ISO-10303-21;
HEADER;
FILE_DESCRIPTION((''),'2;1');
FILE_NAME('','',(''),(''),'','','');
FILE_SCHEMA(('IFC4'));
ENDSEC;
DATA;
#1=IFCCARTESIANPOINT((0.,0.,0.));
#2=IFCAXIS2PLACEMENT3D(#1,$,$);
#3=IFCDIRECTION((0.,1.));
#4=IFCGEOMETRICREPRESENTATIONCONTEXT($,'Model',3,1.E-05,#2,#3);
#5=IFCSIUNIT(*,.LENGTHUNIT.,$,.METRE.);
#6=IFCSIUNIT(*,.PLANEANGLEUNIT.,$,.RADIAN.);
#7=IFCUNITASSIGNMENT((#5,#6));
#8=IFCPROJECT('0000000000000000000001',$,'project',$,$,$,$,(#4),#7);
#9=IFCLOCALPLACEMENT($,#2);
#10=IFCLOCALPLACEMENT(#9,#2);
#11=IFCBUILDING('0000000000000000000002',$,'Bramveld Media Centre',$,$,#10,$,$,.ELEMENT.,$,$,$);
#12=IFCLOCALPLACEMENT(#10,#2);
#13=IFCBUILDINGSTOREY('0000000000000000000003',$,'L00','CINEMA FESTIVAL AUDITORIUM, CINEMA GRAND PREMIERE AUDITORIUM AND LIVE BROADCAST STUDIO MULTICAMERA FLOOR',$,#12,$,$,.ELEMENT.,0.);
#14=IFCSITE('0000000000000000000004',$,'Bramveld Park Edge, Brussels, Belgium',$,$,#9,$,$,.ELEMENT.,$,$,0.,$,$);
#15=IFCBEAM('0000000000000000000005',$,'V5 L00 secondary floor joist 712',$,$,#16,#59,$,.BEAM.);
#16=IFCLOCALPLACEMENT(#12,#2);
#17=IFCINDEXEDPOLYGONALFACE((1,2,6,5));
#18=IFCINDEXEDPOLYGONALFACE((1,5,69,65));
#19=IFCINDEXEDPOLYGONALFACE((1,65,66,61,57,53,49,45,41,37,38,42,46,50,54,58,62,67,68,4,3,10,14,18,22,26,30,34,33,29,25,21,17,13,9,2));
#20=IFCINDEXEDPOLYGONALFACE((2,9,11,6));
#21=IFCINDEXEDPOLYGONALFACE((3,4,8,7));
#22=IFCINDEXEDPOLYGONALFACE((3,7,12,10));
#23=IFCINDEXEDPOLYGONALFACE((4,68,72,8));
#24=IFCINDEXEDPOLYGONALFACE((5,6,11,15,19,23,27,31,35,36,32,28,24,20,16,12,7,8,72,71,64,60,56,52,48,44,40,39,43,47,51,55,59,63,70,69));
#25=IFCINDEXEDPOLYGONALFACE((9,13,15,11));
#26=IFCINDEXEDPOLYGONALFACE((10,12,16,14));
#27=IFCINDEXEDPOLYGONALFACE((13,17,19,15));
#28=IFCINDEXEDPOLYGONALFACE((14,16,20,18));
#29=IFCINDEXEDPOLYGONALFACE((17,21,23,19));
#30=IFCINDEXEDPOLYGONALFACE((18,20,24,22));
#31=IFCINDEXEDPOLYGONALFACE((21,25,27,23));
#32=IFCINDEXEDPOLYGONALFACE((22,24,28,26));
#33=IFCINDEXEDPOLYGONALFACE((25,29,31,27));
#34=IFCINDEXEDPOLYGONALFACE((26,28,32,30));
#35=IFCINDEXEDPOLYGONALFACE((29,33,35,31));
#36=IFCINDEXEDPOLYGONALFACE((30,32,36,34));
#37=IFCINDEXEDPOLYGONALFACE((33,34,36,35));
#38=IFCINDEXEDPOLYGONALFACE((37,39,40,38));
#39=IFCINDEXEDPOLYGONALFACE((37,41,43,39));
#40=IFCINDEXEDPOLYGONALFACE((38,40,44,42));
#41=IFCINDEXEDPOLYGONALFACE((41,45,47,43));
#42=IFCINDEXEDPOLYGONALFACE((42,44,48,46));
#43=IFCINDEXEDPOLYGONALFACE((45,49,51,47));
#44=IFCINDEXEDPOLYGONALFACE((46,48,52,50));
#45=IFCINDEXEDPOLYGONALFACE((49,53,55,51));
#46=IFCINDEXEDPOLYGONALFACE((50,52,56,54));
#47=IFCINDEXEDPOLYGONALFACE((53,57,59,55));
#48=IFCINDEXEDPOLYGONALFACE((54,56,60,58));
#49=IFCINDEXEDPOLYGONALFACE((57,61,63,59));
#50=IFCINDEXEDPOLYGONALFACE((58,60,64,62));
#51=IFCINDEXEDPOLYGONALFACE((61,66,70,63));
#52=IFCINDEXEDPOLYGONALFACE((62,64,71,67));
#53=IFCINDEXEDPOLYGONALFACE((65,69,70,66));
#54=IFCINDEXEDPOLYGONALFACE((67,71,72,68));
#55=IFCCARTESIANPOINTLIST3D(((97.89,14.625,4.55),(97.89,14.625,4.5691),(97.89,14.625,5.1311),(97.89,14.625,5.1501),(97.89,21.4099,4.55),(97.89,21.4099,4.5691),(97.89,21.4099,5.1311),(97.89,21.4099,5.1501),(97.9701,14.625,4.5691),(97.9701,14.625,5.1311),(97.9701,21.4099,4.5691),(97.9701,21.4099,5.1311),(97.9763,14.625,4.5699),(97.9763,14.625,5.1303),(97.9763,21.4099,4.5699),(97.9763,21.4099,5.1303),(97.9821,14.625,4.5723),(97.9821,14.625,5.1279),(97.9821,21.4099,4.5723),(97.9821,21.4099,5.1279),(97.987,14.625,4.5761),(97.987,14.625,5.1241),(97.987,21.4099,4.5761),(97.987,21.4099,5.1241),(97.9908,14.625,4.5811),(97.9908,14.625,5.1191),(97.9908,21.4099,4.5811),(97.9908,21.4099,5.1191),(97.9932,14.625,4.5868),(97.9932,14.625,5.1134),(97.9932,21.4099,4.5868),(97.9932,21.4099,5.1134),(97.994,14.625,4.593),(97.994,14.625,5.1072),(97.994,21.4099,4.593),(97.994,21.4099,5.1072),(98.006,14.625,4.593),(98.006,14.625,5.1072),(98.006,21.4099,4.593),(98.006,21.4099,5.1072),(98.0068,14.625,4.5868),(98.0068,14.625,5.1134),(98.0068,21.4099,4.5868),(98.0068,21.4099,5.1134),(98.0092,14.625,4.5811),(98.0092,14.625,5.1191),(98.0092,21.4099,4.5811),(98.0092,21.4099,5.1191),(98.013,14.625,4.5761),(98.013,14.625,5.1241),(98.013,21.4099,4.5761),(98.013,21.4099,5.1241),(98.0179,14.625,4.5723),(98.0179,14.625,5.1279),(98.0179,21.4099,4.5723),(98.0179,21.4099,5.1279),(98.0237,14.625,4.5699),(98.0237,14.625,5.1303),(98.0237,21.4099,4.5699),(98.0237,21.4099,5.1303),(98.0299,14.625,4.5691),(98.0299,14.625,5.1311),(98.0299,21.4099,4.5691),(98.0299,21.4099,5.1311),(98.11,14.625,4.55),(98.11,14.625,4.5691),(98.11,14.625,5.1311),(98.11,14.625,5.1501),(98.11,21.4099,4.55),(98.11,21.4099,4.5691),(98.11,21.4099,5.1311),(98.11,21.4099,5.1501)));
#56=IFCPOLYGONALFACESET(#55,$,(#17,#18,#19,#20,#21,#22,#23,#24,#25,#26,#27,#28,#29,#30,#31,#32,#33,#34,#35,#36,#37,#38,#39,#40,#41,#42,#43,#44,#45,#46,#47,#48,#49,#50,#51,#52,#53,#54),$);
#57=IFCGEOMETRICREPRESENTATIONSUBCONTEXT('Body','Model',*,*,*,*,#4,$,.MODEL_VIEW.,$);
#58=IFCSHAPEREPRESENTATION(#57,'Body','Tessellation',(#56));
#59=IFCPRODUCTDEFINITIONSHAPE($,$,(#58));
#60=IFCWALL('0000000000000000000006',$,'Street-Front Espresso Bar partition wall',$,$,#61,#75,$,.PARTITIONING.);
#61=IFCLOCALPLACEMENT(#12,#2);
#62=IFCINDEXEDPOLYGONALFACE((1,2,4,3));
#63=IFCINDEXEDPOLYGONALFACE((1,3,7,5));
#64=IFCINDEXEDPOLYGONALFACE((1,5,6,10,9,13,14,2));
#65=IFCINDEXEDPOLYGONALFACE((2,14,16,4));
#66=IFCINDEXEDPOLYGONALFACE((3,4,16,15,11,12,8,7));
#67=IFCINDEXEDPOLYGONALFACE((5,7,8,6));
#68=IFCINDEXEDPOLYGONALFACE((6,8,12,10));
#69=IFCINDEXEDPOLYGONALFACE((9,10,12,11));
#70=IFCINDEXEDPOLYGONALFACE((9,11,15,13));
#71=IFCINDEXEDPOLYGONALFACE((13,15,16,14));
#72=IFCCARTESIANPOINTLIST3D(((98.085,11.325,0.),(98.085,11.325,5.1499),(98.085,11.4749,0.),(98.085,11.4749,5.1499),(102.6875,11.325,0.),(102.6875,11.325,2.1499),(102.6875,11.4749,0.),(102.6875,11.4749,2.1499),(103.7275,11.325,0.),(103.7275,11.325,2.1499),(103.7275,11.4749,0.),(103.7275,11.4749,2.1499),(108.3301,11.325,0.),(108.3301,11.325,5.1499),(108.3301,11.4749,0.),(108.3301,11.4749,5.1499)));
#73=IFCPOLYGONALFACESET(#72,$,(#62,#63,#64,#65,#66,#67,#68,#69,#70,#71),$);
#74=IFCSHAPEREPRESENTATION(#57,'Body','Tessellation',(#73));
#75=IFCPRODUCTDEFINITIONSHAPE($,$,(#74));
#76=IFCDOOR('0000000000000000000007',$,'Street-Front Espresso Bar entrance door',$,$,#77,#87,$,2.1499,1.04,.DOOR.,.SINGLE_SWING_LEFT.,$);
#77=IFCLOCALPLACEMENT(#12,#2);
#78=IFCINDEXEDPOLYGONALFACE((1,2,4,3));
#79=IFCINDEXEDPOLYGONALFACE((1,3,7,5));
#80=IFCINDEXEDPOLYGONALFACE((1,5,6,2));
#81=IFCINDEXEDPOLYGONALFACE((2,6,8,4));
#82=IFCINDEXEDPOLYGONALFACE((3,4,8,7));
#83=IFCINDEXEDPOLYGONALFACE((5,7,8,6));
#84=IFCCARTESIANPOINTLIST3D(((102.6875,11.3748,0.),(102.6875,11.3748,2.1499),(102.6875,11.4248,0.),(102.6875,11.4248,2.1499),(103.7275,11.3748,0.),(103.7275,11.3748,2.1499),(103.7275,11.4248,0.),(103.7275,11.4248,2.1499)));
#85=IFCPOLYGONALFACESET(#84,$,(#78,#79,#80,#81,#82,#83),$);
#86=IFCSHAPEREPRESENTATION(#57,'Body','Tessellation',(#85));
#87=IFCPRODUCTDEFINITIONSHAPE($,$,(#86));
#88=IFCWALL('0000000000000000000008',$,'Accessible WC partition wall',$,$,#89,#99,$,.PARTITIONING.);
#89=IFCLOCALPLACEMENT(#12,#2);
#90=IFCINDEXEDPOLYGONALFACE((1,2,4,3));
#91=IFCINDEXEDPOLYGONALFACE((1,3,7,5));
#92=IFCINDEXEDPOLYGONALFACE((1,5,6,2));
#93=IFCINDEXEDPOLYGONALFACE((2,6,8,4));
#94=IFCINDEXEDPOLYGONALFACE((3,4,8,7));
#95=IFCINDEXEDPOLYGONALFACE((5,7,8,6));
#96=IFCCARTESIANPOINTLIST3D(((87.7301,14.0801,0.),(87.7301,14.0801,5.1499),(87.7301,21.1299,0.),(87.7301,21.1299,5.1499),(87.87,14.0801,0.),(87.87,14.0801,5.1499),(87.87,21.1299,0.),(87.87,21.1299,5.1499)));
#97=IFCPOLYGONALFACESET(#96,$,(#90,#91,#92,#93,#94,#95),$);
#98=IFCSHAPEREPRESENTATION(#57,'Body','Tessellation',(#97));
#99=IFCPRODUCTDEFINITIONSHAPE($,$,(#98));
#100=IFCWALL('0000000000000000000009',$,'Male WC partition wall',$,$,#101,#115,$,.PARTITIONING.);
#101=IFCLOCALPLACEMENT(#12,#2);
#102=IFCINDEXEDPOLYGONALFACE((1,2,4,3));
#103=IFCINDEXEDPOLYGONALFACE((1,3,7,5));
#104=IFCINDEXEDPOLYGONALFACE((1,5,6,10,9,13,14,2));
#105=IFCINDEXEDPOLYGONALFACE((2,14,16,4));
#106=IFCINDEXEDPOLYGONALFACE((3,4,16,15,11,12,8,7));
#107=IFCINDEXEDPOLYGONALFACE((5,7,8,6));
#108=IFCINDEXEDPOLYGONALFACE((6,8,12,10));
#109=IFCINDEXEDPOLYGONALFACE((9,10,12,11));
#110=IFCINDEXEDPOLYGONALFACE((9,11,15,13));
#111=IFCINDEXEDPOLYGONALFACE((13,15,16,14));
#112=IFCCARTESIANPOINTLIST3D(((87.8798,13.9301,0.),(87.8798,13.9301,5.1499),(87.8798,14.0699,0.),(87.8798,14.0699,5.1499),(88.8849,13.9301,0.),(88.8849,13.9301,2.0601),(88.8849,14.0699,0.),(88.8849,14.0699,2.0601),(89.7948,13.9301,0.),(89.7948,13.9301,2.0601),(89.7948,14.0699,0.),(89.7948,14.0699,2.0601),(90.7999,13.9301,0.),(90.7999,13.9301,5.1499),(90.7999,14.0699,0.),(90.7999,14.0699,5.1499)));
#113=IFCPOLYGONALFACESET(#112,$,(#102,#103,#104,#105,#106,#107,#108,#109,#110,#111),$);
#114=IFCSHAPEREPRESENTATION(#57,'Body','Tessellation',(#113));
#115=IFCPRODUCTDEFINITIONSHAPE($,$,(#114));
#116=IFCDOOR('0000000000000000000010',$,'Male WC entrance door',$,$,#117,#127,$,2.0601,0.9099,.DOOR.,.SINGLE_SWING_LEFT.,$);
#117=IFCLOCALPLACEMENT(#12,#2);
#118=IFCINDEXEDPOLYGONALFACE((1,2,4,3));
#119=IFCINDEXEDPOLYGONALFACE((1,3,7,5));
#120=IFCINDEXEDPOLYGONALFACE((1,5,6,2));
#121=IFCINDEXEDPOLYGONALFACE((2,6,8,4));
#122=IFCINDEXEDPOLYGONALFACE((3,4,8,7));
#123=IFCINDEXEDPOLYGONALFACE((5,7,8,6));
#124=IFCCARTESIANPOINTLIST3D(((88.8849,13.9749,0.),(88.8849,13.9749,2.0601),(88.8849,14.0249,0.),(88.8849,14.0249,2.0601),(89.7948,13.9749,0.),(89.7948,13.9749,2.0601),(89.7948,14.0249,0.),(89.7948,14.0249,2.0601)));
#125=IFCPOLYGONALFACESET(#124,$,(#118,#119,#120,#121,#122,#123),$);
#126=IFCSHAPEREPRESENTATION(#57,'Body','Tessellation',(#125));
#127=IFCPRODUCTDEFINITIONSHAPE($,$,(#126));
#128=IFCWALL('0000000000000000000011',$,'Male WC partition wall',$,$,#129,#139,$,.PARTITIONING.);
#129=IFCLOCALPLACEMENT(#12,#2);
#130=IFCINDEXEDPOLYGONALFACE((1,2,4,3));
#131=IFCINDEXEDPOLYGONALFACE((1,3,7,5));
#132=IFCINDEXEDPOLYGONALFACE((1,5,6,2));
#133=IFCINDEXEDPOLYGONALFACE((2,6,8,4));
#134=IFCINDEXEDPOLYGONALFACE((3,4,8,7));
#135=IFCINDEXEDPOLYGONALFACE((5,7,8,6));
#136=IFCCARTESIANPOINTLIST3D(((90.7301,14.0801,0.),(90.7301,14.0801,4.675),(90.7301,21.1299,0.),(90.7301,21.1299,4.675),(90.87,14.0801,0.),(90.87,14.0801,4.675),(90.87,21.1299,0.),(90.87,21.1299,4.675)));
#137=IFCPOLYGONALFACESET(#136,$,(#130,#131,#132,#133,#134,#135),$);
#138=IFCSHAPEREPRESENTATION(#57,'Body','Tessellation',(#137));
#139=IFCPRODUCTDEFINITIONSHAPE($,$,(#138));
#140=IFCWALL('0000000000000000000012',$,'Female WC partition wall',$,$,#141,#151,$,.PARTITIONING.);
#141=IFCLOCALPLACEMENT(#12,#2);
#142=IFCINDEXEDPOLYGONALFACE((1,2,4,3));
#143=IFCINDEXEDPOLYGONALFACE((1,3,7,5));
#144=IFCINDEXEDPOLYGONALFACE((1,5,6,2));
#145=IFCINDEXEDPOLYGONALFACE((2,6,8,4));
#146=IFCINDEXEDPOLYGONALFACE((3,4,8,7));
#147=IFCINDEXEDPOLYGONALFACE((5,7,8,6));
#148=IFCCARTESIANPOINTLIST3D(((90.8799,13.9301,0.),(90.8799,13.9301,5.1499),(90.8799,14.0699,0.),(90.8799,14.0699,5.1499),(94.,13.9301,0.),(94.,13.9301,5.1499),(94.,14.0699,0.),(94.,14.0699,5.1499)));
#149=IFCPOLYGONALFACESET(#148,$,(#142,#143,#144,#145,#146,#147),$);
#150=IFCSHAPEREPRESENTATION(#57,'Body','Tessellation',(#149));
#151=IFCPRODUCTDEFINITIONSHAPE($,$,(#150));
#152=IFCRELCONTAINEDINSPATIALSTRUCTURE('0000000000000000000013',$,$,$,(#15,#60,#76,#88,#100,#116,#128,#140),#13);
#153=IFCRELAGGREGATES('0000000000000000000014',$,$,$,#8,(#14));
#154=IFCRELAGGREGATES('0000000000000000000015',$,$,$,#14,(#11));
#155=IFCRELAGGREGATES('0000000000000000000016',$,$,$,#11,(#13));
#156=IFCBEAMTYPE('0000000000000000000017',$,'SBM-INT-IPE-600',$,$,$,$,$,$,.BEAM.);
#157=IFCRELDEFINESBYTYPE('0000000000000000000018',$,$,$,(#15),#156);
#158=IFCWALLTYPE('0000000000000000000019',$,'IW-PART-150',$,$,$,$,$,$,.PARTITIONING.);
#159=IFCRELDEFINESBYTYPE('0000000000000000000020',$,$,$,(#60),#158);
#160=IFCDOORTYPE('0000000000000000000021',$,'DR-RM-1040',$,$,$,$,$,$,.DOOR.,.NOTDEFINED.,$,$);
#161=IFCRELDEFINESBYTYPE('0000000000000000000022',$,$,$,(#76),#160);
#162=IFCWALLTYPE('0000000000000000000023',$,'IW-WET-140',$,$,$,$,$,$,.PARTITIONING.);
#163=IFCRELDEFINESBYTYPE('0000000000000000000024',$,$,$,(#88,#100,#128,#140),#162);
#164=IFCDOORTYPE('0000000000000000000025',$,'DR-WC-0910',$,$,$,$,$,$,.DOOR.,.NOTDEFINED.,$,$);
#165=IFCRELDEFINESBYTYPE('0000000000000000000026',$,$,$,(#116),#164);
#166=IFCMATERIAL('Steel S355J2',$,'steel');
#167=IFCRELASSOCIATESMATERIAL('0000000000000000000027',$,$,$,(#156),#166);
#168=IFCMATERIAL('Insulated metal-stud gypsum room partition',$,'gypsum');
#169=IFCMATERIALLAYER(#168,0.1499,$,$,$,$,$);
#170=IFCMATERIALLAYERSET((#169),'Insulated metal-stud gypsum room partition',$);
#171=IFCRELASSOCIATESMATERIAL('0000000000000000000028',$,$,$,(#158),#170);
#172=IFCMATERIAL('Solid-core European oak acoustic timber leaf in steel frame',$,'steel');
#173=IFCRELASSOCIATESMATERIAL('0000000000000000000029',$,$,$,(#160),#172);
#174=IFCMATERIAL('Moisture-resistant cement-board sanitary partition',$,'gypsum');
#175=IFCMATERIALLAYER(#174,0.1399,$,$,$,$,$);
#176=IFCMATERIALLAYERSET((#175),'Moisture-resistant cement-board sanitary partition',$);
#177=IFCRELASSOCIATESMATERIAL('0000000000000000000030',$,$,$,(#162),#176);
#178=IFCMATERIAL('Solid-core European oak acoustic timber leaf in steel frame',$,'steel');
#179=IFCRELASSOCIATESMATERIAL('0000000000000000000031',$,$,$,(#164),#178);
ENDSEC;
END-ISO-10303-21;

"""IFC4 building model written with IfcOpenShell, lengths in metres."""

from ifc_helpers import new_model, si_unit, direction, frame, frame_2d, origin, origin_2d, place, context, subcontext, project, spatial, rectangle, i_section, extrude, material, layer, layer_set, material_profile, profile_set, type_object, element, fill, save


model = new_model("IFC4")

# Units and contexts
model_context = context("Model", 3, precision=1e-05, world=origin(), true_north=direction((0.0, 1.0)))
body_context = subcontext(model_context, "Body", "Model", "MODEL_VIEW")
ifc_project = project(units=[si_unit("LENGTHUNIT", "METRE"), si_unit("PLANEANGLEUNIT", "RADIAN")], contexts=[model_context])

# Site, building, storey
site_placement = place(None, origin())
site = spatial("IfcSite", under=ifc_project, at=site_placement, Name="Bramveld Park Edge, Brussels, Belgium", CompositionType="ELEMENT", RefElevation=0.0)
building_placement = place(site_placement, origin())
building = spatial("IfcBuilding", under=site, at=building_placement, Name="Bramveld Media Centre", CompositionType="ELEMENT")
storey_placement = place(building_placement, origin())
storey = spatial("IfcBuildingStorey", under=building, at=storey_placement, Name="L00", Description="CINEMA FESTIVAL AUDITORIUM, CINEMA GRAND PREMIERE AUDITORIUM AND LIVE BROADCAST STUDIO MULTICAMERA FLOOR", CompositionType="ELEMENT", Elevation=0.0)

# Beam
ifc_material_1 = material(Name="Steel S355J2", Category="steel")
ifc_material_profile_1 = material_profile(ifc_material_1, i_section(OverallWidth=0.22, OverallDepth=0.6001, WebThickness=0.012, FlangeThickness=0.019, FilletRadius=0.0239, at=origin_2d()), Name="IPE 600")
ifc_profile_set_1 = profile_set([ifc_material_profile_1], Name="Steel S355J2")
beam_type_1 = type_object("IfcBeamType", Name="SBM-INT-IPE-600", PredefinedType="BEAM", material=ifc_profile_set_1)
beam_1_placement = place(storey_placement, frame((98.0, 14.625, 4.8501), z_axis=(0.0, 1.0, 0.0), x_axis=(-1.0, 0.0, 0.0)))
element("IfcBeam", 1, at=beam_1_placement, inside=storey, type_object=beam_type_1, Name="V5 L00 secondary floor joist 712", PredefinedType="BEAM", context=body_context, shape_type="SweptSolid", body=[
    extrude(i_section(OverallWidth=0.22, OverallDepth=0.6001, WebThickness=0.012, FlangeThickness=0.019, FilletRadius=0.0239, at=origin_2d()), origin(), (0.0, 0.0, 1.0), 6.7849),
])

# Wall, opening, door
ifc_material_2 = material(Name="Insulated metal-stud gypsum room partition", Category="gypsum")
ifc_layer_1 = layer(ifc_material_2, 0.1499)
ifc_layer_set_1 = layer_set([ifc_layer_1], Name="Insulated metal-stud gypsum room partition")
wall_type_1 = type_object("IfcWallType", Name="IW-PART-150", PredefinedType="PARTITIONING", material=ifc_layer_set_1)
wall_1_placement = place(storey_placement, frame((98.085, 11.3999, 0.0), z_axis=(0.0, 0.0, 1.0), x_axis=(1.0, 0.0, 0.0)))
wall_1 = element("IfcWall", 2, at=wall_1_placement, inside=storey, type_object=wall_type_1, Name="Street-Front Espresso Bar partition wall", PredefinedType="PARTITIONING", context=body_context, shape_type="SweptSolid", body=[
    extrude(rectangle(XDim=10.2451, YDim=0.1499, at=frame_2d((5.1226, 0.0))), origin(), (0.0, 0.0, 1.0), 5.1499),
])
opening_1_placement = place(wall_1_placement, frame((4.6025, 0.0, 0.0)))
opening_1 = element("IfcOpeningElement", 3, at=opening_1_placement, cuts=wall_1, PredefinedType="OPENING", context=body_context, shape_type="SweptSolid", body=[
    extrude(rectangle(XDim=1.04, YDim=2.1499, at=frame_2d((0.52, 1.075))), frame((0.0, 0.0869, 0.0), z_axis=(0.0, -1.0, 0.0), x_axis=(1.0, 0.0, 0.0)), (0.0, 0.0, 1.0), 0.1738),
])
ifc_material_3 = material(Name="Solid-core European oak acoustic timber leaf in steel frame", Category="steel")
door_type_1 = type_object("IfcDoorType", Name="DR-RM-1040", OperationType="NOTDEFINED", PredefinedType="DOOR", material=ifc_material_3)
door_1_placement = place(opening_1_placement, origin())
door_1 = element("IfcDoor", 4, at=door_1_placement, inside=storey, type_object=door_type_1, Name="Street-Front Espresso Bar entrance door", OperationType="SINGLE_SWING_LEFT", OverallHeight=2.1499, OverallWidth=1.04, PredefinedType="DOOR", context=body_context, shape_type="SweptSolid", body=[
    extrude(rectangle(XDim=1.04, YDim=2.1499, at=frame_2d((0.52, 1.075))), frame((0.0, 0.0249, 0.0), z_axis=(0.0, -1.0, 0.0), x_axis=(1.0, 0.0, 0.0)), (0.0, 0.0, 1.0), 0.05),
])
fill(opening_1, door_1)

# Wall
ifc_material_4 = material(Name="Moisture-resistant cement-board sanitary partition", Category="gypsum")
ifc_layer_2 = layer(ifc_material_4, 0.1399)
ifc_layer_set_2 = layer_set([ifc_layer_2], Name="Moisture-resistant cement-board sanitary partition")
wall_type_2 = type_object("IfcWallType", Name="IW-WET-140", PredefinedType="PARTITIONING", material=ifc_layer_set_2)
wall_2_placement = place(storey_placement, frame((87.8, 14.0801, 0.0), z_axis=(0.0, 0.0, 1.0), x_axis=(0.0, 1.0, 0.0)))
element("IfcWall", 5, at=wall_2_placement, inside=storey, type_object=wall_type_2, Name="Accessible WC partition wall", PredefinedType="PARTITIONING", context=body_context, shape_type="SweptSolid", body=[
    extrude(rectangle(XDim=7.0498, YDim=0.1399, at=frame_2d((3.5249, 0.0))), origin(), (0.0, 0.0, 1.0), 5.1499),
])

# Wall, opening, door
wall_3_placement = place(storey_placement, frame((87.8799, 14.0, 0.0), z_axis=(0.0, 0.0, 1.0), x_axis=(1.0, 0.0, 0.0)))
wall_3 = element("IfcWall", 6, at=wall_3_placement, inside=storey, type_object=wall_type_2, Name="Male WC partition wall", PredefinedType="PARTITIONING", context=body_context, shape_type="SweptSolid", body=[
    extrude(rectangle(XDim=2.9202, YDim=0.1399, at=frame_2d((1.46, 0.0))), origin(), (0.0, 0.0, 1.0), 5.1499),
])
opening_2_placement = place(wall_3_placement, frame((1.0049, 0.0, 0.0)))
opening_2 = element("IfcOpeningElement", 7, at=opening_2_placement, cuts=wall_3, PredefinedType="OPENING", context=body_context, shape_type="SweptSolid", body=[
    extrude(rectangle(XDim=0.9099, YDim=2.0601, at=frame_2d((0.4551, 1.03))), frame((0.0, 0.082, 0.0), z_axis=(0.0, -1.0, 0.0), x_axis=(1.0, 0.0, 0.0)), (0.0, 0.0, 1.0), 0.1638),
])
ifc_material_5 = material(Name="Solid-core European oak acoustic timber leaf in steel frame", Category="steel")
door_type_2 = type_object("IfcDoorType", Name="DR-WC-0910", OperationType="NOTDEFINED", PredefinedType="DOOR", material=ifc_material_5)
door_2_placement = place(opening_2_placement, origin())
door_2 = element("IfcDoor", 8, at=door_2_placement, inside=storey, type_object=door_type_2, Name="Male WC entrance door", OperationType="SINGLE_SWING_LEFT", OverallHeight=2.0601, OverallWidth=0.9099, PredefinedType="DOOR", context=body_context, shape_type="SweptSolid", body=[
    extrude(rectangle(XDim=0.9099, YDim=2.0601, at=frame_2d((0.4551, 1.03))), frame((0.0, 0.0249, 0.0), z_axis=(0.0, -1.0, 0.0), x_axis=(1.0, 0.0, 0.0)), (0.0, 0.0, 1.0), 0.05),
])
fill(opening_2, door_2)

# Walls
wall_4_placement = place(storey_placement, frame((90.8, 14.0801, 0.0), z_axis=(0.0, 0.0, 1.0), x_axis=(0.0, 1.0, 0.0)))
element("IfcWall", 9, at=wall_4_placement, inside=storey, type_object=wall_type_2, Name="Male WC partition wall", PredefinedType="PARTITIONING", context=body_context, shape_type="SweptSolid", body=[
    extrude(rectangle(XDim=7.0498, YDim=0.1399, at=frame_2d((3.5249, 0.0))), origin(), (0.0, 0.0, 1.0), 4.675),
])
wall_5_placement = place(storey_placement, frame((90.8799, 14.0, 0.0), z_axis=(0.0, 0.0, 1.0), x_axis=(1.0, 0.0, 0.0)))
element("IfcWall", 10, at=wall_5_placement, inside=storey, type_object=wall_type_2, Name="Female WC partition wall", PredefinedType="PARTITIONING", context=body_context, shape_type="SweptSolid", body=[
    extrude(rectangle(XDim=3.1201, YDim=0.1399, at=frame_2d((1.5601, 0.0))), origin(), (0.0, 0.0, 1.0), 5.1499),
])

save(model, "model.ifc")
